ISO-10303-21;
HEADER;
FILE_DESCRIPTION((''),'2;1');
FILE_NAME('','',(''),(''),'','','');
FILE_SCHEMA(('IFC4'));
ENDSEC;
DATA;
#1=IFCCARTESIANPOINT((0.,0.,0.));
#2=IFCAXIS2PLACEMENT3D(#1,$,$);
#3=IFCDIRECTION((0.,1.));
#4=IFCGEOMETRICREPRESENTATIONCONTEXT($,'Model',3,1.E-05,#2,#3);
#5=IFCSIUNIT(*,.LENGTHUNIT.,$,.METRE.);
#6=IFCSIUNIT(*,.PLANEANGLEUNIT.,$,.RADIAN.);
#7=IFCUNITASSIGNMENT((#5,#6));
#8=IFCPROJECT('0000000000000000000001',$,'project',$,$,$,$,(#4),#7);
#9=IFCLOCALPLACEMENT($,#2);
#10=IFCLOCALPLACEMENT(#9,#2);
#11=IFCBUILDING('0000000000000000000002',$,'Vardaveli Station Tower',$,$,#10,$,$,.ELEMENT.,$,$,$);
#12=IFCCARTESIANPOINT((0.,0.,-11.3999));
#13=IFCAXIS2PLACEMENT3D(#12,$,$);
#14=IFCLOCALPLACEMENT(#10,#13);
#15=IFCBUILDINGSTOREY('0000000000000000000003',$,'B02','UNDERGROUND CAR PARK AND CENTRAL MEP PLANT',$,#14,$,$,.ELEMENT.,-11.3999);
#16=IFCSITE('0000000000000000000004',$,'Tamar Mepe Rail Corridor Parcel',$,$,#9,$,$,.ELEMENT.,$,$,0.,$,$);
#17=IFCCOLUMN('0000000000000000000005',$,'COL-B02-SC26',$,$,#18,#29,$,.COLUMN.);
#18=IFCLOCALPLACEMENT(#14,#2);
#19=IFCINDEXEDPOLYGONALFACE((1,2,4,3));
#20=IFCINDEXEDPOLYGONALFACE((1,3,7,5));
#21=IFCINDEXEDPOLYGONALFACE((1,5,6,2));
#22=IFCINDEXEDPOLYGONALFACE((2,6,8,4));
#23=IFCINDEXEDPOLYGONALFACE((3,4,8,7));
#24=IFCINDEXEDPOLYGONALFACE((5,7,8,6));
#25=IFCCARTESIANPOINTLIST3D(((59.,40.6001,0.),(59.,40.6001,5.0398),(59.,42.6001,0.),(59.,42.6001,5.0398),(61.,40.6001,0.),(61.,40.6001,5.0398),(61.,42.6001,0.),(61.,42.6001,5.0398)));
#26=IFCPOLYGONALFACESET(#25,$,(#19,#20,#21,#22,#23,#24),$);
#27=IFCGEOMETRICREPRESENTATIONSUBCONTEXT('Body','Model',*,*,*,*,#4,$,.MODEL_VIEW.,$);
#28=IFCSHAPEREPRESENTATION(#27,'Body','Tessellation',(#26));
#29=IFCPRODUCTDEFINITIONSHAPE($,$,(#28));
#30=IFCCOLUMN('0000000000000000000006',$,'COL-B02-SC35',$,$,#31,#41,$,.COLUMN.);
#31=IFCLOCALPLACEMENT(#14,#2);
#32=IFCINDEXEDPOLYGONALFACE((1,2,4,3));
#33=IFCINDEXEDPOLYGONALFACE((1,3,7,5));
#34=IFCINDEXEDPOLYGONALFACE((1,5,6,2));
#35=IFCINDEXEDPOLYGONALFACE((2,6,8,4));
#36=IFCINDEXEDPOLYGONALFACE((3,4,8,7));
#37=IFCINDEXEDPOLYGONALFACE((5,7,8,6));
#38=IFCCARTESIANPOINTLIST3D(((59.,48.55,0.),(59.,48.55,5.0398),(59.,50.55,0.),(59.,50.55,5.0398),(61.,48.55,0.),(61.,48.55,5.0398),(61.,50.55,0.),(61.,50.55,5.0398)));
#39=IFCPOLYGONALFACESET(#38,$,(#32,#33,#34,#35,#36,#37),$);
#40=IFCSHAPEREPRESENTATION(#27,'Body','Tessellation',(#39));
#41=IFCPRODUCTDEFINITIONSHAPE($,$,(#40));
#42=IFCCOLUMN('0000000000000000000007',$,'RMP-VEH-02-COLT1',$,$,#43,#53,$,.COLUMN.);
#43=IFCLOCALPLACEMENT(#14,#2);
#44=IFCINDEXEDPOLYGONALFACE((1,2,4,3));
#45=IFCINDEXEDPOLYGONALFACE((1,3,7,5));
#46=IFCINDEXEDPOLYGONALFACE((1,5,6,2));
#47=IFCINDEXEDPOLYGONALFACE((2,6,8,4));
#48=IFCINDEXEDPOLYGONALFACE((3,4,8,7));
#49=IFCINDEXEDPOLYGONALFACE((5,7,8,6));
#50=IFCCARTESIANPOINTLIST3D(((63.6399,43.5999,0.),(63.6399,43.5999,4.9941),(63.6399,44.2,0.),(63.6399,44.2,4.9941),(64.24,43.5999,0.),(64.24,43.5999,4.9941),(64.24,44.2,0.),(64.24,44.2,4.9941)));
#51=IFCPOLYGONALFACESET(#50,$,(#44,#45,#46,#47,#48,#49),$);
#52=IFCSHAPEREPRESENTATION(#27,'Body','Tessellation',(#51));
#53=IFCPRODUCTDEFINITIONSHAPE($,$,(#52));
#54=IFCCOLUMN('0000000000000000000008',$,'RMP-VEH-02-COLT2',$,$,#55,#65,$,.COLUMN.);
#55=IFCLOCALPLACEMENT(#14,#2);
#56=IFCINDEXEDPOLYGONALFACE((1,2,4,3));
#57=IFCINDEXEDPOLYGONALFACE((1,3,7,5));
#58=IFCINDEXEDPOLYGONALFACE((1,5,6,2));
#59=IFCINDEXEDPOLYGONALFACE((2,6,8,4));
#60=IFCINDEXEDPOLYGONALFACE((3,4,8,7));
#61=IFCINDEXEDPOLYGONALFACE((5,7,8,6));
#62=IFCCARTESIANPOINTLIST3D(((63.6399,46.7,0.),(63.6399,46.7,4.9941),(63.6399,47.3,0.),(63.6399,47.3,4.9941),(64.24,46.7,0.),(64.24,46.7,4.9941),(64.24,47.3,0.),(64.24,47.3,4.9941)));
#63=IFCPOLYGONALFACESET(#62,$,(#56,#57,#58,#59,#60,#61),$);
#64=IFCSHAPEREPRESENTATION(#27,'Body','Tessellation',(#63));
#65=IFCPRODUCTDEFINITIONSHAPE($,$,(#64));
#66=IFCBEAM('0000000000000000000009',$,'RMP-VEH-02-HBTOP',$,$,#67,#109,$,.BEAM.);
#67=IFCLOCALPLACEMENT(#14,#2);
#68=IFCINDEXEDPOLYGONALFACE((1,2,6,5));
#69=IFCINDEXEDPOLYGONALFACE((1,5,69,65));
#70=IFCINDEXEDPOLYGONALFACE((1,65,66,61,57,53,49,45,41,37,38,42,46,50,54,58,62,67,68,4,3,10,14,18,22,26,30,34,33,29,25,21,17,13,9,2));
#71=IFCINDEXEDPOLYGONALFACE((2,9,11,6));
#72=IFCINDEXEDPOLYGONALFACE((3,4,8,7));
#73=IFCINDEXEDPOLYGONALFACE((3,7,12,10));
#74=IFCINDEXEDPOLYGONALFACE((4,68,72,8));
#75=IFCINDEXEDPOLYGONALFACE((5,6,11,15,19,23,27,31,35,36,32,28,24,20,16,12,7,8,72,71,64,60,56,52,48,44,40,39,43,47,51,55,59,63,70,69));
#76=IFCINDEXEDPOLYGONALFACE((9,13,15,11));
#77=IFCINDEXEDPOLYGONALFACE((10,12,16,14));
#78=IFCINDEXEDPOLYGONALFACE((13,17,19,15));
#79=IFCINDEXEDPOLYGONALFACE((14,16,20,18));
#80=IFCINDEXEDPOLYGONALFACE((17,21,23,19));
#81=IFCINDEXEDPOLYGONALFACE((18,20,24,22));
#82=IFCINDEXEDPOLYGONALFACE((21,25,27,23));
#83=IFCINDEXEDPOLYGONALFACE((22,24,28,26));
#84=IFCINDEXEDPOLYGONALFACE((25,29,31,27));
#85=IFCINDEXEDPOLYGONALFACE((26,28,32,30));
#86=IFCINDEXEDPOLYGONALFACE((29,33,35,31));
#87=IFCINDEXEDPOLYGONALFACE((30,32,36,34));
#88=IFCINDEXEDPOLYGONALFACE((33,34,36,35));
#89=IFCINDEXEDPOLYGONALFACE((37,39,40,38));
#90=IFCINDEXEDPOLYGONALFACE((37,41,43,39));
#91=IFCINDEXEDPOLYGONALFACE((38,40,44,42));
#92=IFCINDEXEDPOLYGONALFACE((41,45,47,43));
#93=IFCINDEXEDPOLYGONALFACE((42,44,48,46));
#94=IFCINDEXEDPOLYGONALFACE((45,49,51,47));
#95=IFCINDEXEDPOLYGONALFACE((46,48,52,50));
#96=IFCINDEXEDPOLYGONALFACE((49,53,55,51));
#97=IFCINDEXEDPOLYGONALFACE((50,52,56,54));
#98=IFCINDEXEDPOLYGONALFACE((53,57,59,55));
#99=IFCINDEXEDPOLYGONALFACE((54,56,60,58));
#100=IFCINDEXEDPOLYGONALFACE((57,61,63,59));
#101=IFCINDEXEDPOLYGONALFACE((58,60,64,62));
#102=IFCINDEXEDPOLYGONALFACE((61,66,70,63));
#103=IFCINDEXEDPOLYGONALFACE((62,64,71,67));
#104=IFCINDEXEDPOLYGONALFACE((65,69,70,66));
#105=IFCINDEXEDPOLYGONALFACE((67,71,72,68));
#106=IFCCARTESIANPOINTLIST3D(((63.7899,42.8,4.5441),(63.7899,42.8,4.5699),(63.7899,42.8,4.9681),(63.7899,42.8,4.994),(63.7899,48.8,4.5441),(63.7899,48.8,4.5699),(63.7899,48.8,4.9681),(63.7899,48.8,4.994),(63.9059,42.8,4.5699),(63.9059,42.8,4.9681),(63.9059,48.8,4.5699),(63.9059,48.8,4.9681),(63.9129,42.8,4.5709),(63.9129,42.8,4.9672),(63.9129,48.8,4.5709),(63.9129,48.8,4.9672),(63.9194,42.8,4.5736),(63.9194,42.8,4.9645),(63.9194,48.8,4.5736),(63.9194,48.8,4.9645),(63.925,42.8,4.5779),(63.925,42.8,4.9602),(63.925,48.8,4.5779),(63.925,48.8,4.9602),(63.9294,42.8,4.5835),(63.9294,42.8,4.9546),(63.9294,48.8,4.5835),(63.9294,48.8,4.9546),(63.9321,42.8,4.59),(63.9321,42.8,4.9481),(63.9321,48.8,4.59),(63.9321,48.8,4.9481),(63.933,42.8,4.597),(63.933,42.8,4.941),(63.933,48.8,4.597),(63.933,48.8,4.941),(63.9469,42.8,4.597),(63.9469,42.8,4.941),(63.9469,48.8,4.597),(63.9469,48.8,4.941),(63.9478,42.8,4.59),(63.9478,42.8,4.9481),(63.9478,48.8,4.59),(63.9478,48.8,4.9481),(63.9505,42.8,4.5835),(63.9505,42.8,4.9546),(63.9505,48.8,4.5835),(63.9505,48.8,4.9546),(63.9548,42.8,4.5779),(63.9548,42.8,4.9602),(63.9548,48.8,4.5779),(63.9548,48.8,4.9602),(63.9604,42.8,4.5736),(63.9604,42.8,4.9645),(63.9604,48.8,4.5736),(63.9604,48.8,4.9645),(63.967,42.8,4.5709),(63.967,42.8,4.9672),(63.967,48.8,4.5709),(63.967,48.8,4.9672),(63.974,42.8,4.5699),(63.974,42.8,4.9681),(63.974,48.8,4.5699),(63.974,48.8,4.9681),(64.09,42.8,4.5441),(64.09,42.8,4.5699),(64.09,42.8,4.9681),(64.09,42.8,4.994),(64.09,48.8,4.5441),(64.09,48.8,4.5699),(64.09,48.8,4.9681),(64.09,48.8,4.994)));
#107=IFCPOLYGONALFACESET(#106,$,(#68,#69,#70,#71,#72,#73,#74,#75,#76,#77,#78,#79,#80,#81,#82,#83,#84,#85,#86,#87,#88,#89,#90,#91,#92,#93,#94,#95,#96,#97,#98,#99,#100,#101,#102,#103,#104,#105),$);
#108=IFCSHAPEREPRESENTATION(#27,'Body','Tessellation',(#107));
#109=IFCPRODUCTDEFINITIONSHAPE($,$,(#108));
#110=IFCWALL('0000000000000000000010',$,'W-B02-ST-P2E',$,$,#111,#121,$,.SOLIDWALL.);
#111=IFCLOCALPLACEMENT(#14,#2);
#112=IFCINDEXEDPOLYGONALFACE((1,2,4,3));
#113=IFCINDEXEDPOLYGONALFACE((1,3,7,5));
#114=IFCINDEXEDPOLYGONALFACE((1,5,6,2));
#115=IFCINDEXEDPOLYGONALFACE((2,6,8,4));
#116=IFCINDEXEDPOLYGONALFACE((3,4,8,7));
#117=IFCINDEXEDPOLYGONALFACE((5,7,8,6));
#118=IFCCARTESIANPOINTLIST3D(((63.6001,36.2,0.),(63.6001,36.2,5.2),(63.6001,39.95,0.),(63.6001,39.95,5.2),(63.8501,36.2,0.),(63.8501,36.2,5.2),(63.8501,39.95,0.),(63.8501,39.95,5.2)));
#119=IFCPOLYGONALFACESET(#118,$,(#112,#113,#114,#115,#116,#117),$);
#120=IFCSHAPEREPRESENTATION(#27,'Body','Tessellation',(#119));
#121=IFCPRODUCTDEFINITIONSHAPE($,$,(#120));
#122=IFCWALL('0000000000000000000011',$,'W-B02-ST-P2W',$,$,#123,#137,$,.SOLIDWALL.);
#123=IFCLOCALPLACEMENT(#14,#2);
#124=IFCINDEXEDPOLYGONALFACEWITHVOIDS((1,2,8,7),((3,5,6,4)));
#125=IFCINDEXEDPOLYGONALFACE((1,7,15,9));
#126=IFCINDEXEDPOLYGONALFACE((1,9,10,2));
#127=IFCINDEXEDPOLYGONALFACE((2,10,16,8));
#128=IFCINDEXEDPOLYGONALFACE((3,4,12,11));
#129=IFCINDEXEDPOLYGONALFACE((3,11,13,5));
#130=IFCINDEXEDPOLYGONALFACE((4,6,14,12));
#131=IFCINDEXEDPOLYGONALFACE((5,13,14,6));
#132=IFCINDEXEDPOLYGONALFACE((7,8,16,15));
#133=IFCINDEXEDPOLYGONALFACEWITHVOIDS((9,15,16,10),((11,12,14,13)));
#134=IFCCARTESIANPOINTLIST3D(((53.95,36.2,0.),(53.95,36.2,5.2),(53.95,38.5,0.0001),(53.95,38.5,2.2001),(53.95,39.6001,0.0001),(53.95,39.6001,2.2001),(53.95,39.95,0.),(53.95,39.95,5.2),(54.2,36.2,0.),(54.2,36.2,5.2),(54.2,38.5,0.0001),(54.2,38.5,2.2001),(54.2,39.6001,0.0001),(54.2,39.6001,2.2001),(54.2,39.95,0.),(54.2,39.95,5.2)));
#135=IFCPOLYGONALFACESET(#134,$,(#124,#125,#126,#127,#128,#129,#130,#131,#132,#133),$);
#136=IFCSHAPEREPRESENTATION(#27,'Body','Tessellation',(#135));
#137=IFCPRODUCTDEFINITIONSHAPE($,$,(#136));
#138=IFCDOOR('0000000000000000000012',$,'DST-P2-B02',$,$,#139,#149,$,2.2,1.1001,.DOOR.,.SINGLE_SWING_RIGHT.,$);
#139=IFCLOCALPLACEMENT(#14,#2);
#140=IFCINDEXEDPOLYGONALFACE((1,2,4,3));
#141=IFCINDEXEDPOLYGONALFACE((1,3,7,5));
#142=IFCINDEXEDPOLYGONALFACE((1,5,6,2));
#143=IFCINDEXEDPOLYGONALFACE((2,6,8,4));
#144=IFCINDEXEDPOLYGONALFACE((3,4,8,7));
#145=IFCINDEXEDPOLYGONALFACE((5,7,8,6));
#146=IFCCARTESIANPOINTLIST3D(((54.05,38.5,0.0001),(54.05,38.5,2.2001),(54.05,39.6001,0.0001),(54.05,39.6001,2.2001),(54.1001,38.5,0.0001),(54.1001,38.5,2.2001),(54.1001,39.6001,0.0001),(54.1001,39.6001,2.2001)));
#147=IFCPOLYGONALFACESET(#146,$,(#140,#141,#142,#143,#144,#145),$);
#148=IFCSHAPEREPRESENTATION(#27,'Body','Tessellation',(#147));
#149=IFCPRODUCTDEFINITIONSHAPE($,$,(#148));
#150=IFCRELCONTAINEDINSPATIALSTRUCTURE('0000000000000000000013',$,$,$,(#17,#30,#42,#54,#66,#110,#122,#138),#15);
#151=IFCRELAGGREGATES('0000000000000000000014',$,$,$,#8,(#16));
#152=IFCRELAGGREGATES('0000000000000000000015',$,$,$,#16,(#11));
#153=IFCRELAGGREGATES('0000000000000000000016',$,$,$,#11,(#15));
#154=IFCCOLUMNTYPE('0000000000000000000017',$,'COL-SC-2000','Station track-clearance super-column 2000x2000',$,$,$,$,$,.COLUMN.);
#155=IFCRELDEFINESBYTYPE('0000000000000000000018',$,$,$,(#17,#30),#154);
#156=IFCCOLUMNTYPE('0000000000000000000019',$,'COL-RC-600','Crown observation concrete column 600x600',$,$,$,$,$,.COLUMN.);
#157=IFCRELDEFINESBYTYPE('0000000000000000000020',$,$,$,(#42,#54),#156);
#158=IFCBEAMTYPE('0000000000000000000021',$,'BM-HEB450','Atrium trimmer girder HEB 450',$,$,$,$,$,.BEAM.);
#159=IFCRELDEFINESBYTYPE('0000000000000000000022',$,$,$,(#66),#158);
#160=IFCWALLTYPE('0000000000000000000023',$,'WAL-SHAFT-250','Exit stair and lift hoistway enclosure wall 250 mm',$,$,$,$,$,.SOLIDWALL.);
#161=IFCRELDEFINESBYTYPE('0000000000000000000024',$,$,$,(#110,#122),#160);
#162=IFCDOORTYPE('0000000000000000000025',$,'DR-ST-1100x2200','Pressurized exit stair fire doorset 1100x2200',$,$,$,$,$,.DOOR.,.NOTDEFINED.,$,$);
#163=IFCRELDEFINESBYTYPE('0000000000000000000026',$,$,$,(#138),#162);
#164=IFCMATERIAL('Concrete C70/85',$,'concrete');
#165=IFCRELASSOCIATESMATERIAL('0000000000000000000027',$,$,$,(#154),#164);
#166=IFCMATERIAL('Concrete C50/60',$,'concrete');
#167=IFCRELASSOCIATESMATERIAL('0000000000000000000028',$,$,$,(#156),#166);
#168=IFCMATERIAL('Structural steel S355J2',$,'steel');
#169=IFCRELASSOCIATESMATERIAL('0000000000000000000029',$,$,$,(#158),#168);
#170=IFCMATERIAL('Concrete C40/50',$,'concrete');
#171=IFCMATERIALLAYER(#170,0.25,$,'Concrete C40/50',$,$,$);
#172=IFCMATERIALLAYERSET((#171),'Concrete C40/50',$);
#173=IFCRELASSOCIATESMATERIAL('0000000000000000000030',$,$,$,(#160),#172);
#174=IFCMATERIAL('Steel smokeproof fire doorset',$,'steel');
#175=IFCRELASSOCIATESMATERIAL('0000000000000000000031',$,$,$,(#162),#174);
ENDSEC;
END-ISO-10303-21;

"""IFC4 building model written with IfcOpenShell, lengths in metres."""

from ifc_helpers import new_model, si_unit, direction, frame, frame_2d, origin, origin_2d, place, context, subcontext, project, spatial, rectangle, i_section, extrude, source, transform, mapped, material, layer, layer_set, material_profile, profile_set, type_object, element, fill, save


model = new_model("IFC4")

# Units and contexts
model_context = context("Model", 3, precision=1e-05, world=origin(), true_north=direction((0.0, 1.0)))
body_context = subcontext(model_context, "Body", "Model", "MODEL_VIEW")
ifc_project = project(units=[si_unit("LENGTHUNIT", "METRE"), si_unit("PLANEANGLEUNIT", "RADIAN")], contexts=[model_context])

# Site, building, storey
site_placement = place(None, origin())
site = spatial("IfcSite", under=ifc_project, at=site_placement, Name="Tamar Mepe Rail Corridor Parcel", CompositionType="ELEMENT", RefElevation=0.0)
building_placement = place(site_placement, origin())
building = spatial("IfcBuilding", under=site, at=building_placement, Name="Vardaveli Station Tower", CompositionType="ELEMENT")
storey_placement = place(building_placement, frame((0.0, 0.0, -11.3999)))
storey = spatial("IfcBuildingStorey", under=building, at=storey_placement, Name="B02", Description="UNDERGROUND CAR PARK AND CENTRAL MEP PLANT", CompositionType="ELEMENT", Elevation=-11.3999)

# Shared definitions
ifc_material_1 = material(Name="Concrete C40/50", Category="concrete")

# Columns
ifc_material_2 = material(Name="Concrete C70/85", Category="concrete")
ifc_material_profile_1 = material_profile(ifc_material_2, rectangle(XDim=2.0, YDim=2.0, at=origin_2d()), Name="SC 2000x2000")
ifc_profile_set_1 = profile_set([ifc_material_profile_1], Name="Concrete C70/85")
column_type_1 = type_object("IfcColumnType", Name="COL-SC-2000", Description="Station track-clearance super-column 2000x2000", PredefinedType="COLUMN", material=ifc_profile_set_1)
shared_shape_1 = source(origin(), body_context, "Body", "SweptSolid", [
    extrude(rectangle(XDim=2.0, YDim=2.0, at=origin_2d()), origin(), (0.0, 0.0, 1.0), 5.0398),
])
for number, where, z_axis, x_axis, name in (
    (1, (60.0, 41.6001, 0.0), (0.0, 0.0, 1.0), (1.0, 0.0, 0.0), "COL-B02-SC26"),
    (2, (60.0, 49.55, 0.0), (0.0, 0.0, 1.0), (1.0, 0.0, 0.0), "COL-B02-SC35"),
):
    element("IfcColumn", number, at=place(storey_placement, frame(where, z_axis=z_axis, x_axis=x_axis)), inside=storey, type_object=column_type_1, Name=name, PredefinedType="COLUMN", context=body_context, shape_type="MappedRepresentation", body=[
        mapped(shared_shape_1, transform((0.0, 0.0, 0.0), scale=1.0)),
    ])
ifc_material_3 = material(Name="Concrete C50/60", Category="concrete")
ifc_material_profile_2 = material_profile(ifc_material_3, rectangle(XDim=0.6001, YDim=0.6001, at=origin_2d()), Name="RC 600x600")
ifc_profile_set_2 = profile_set([ifc_material_profile_2], Name="Concrete C50/60")
column_type_2 = type_object("IfcColumnType", Name="COL-RC-600", Description="Crown observation concrete column 600x600", PredefinedType="COLUMN", material=ifc_profile_set_2)
shared_shape_2 = source(origin(), body_context, "Body", "SweptSolid", [
    extrude(rectangle(XDim=0.6001, YDim=0.6001, at=origin_2d()), origin(), (0.0, 0.0, 1.0), 4.9941),
])
for number, where, z_axis, x_axis, name in (
    (3, (63.9399, 43.8999, 0.0), (0.0, 0.0, 1.0), (1.0, 0.0, 0.0), "RMP-VEH-02-COLT1"),
    (4, (63.9399, 47.0, 0.0), (0.0, 0.0, 1.0), (1.0, 0.0, 0.0), "RMP-VEH-02-COLT2"),
):
    element("IfcColumn", number, at=place(storey_placement, frame(where, z_axis=z_axis, x_axis=x_axis)), inside=storey, type_object=column_type_2, Name=name, PredefinedType="COLUMN", context=body_context, shape_type="MappedRepresentation", body=[
        mapped(shared_shape_2, transform((0.0, 0.0, 0.0), scale=1.0)),
    ])

# Beam
ifc_material_4 = material(Name="Structural steel S355J2", Category="steel")
ifc_material_profile_3 = material_profile(ifc_material_4, i_section(OverallWidth=0.3, OverallDepth=0.45, WebThickness=0.0139, FlangeThickness=0.0259, FilletRadius=0.0271, at=origin_2d()), Name="HEB 450")
ifc_profile_set_3 = profile_set([ifc_material_profile_3], Name="Structural steel S355J2")
beam_type = type_object("IfcBeamType", Name="BM-HEB450", Description="Atrium trimmer girder HEB 450", PredefinedType="BEAM", material=ifc_profile_set_3)
shared_shape_3 = source(origin(), body_context, "Body", "SweptSolid", [
    extrude(i_section(OverallWidth=0.3, OverallDepth=0.45, WebThickness=0.0139, FlangeThickness=0.0259, FilletRadius=0.0271, at=origin_2d()), origin(), (0.0, 0.0, 1.0), 6.0),
])
beam_placement = place(storey_placement, frame((63.9399, 42.8, 4.769), z_axis=(0.0, 1.0, 0.0), x_axis=(-1.0, 0.0, 0.0)))
element("IfcBeam", 5, at=beam_placement, inside=storey, type_object=beam_type, Name="RMP-VEH-02-HBTOP", PredefinedType="BEAM", context=body_context, shape_type="MappedRepresentation", body=[
    mapped(shared_shape_3, transform((0.0, 0.0, 0.0), scale=1.0)),
])

# Wall
ifc_layer = layer(ifc_material_1, 0.25, Name="Concrete C40/50")
ifc_layer_set = layer_set([ifc_layer], Name="Concrete C40/50")
wall_type = type_object("IfcWallType", Name="WAL-SHAFT-250", Description="Exit stair and lift hoistway enclosure wall 250 mm", PredefinedType="SOLIDWALL", material=ifc_layer_set)
shared_shape_4 = source(origin(), body_context, "Body", "SweptSolid", [
    extrude(rectangle(XDim=3.75, YDim=0.25, at=frame_2d((1.875, 0.0))), origin(), (0.0, 0.0, 1.0), 5.2),
])
wall_1_placement = place(storey_placement, frame((63.7251, 36.2, 0.0), z_axis=(0.0, 0.0, 1.0), x_axis=(0.0, 1.0, 0.0)))
element("IfcWall", 6, at=wall_1_placement, inside=storey, type_object=wall_type, Name="W-B02-ST-P2E", PredefinedType="SOLIDWALL", context=body_context, shape_type="MappedRepresentation", body=[
    mapped(shared_shape_4, transform((0.0, 0.0, 0.0), scale=1.0)),
])

# Wall, opening, door
wall_2_placement = place(storey_placement, frame((54.075, 36.2, 0.0), z_axis=(0.0, 0.0, 1.0), x_axis=(0.0, 1.0, 0.0)))
wall_2 = element("IfcWall", 7, at=wall_2_placement, inside=storey, type_object=wall_type, Name="W-B02-ST-P2W", PredefinedType="SOLIDWALL", context=body_context, shape_type="MappedRepresentation", body=[
    mapped(shared_shape_4, transform((0.0, 0.0, 0.0), scale=1.0)),
])
shared_shape_5 = source(origin(), body_context, "Body", "SweptSolid", [
    extrude(rectangle(XDim=1.1001, YDim=2.2, at=frame_2d((0.55, 1.1001))), frame((0.0, 0.135, 0.0), z_axis=(0.0, -1.0, 0.0), x_axis=(1.0, 0.0, 0.0)), (0.0, 0.0, 1.0), 0.27),
])
opening_placement = place(wall_2_placement, frame((2.3, 0.0, 0.0)))
opening = element("IfcOpeningElement", 8, at=opening_placement, cuts=wall_2, PredefinedType="OPENING", context=body_context, shape_type="MappedRepresentation", body=[
    mapped(shared_shape_5, transform((0.0, 0.0, 0.0), scale=1.0)),
])
ifc_material_5 = material(Name="Steel smokeproof fire doorset", Category="steel")
door_type = type_object("IfcDoorType", Name="DR-ST-1100x2200", Description="Pressurized exit stair fire doorset 1100x2200", OperationType="NOTDEFINED", PredefinedType="DOOR", material=ifc_material_5)
shared_shape_6 = source(origin(), body_context, "Body", "SweptSolid", [
    extrude(rectangle(XDim=1.1001, YDim=2.2, at=frame_2d((0.55, 1.1001))), frame((0.0, 0.0249, 0.0), z_axis=(0.0, -1.0, 0.0), x_axis=(1.0, 0.0, 0.0)), (0.0, 0.0, 1.0), 0.05),
])
door_placement = place(opening_placement, origin())
door = element("IfcDoor", 9, at=door_placement, inside=storey, type_object=door_type, Name="DST-P2-B02", OperationType="SINGLE_SWING_RIGHT", OverallHeight=2.2, OverallWidth=1.1001, PredefinedType="DOOR", context=body_context, shape_type="MappedRepresentation", body=[
    mapped(shared_shape_6, transform((0.0, 0.0, 0.0), scale=1.0)),
])
fill(opening, door)

save(model, "model.ifc")
